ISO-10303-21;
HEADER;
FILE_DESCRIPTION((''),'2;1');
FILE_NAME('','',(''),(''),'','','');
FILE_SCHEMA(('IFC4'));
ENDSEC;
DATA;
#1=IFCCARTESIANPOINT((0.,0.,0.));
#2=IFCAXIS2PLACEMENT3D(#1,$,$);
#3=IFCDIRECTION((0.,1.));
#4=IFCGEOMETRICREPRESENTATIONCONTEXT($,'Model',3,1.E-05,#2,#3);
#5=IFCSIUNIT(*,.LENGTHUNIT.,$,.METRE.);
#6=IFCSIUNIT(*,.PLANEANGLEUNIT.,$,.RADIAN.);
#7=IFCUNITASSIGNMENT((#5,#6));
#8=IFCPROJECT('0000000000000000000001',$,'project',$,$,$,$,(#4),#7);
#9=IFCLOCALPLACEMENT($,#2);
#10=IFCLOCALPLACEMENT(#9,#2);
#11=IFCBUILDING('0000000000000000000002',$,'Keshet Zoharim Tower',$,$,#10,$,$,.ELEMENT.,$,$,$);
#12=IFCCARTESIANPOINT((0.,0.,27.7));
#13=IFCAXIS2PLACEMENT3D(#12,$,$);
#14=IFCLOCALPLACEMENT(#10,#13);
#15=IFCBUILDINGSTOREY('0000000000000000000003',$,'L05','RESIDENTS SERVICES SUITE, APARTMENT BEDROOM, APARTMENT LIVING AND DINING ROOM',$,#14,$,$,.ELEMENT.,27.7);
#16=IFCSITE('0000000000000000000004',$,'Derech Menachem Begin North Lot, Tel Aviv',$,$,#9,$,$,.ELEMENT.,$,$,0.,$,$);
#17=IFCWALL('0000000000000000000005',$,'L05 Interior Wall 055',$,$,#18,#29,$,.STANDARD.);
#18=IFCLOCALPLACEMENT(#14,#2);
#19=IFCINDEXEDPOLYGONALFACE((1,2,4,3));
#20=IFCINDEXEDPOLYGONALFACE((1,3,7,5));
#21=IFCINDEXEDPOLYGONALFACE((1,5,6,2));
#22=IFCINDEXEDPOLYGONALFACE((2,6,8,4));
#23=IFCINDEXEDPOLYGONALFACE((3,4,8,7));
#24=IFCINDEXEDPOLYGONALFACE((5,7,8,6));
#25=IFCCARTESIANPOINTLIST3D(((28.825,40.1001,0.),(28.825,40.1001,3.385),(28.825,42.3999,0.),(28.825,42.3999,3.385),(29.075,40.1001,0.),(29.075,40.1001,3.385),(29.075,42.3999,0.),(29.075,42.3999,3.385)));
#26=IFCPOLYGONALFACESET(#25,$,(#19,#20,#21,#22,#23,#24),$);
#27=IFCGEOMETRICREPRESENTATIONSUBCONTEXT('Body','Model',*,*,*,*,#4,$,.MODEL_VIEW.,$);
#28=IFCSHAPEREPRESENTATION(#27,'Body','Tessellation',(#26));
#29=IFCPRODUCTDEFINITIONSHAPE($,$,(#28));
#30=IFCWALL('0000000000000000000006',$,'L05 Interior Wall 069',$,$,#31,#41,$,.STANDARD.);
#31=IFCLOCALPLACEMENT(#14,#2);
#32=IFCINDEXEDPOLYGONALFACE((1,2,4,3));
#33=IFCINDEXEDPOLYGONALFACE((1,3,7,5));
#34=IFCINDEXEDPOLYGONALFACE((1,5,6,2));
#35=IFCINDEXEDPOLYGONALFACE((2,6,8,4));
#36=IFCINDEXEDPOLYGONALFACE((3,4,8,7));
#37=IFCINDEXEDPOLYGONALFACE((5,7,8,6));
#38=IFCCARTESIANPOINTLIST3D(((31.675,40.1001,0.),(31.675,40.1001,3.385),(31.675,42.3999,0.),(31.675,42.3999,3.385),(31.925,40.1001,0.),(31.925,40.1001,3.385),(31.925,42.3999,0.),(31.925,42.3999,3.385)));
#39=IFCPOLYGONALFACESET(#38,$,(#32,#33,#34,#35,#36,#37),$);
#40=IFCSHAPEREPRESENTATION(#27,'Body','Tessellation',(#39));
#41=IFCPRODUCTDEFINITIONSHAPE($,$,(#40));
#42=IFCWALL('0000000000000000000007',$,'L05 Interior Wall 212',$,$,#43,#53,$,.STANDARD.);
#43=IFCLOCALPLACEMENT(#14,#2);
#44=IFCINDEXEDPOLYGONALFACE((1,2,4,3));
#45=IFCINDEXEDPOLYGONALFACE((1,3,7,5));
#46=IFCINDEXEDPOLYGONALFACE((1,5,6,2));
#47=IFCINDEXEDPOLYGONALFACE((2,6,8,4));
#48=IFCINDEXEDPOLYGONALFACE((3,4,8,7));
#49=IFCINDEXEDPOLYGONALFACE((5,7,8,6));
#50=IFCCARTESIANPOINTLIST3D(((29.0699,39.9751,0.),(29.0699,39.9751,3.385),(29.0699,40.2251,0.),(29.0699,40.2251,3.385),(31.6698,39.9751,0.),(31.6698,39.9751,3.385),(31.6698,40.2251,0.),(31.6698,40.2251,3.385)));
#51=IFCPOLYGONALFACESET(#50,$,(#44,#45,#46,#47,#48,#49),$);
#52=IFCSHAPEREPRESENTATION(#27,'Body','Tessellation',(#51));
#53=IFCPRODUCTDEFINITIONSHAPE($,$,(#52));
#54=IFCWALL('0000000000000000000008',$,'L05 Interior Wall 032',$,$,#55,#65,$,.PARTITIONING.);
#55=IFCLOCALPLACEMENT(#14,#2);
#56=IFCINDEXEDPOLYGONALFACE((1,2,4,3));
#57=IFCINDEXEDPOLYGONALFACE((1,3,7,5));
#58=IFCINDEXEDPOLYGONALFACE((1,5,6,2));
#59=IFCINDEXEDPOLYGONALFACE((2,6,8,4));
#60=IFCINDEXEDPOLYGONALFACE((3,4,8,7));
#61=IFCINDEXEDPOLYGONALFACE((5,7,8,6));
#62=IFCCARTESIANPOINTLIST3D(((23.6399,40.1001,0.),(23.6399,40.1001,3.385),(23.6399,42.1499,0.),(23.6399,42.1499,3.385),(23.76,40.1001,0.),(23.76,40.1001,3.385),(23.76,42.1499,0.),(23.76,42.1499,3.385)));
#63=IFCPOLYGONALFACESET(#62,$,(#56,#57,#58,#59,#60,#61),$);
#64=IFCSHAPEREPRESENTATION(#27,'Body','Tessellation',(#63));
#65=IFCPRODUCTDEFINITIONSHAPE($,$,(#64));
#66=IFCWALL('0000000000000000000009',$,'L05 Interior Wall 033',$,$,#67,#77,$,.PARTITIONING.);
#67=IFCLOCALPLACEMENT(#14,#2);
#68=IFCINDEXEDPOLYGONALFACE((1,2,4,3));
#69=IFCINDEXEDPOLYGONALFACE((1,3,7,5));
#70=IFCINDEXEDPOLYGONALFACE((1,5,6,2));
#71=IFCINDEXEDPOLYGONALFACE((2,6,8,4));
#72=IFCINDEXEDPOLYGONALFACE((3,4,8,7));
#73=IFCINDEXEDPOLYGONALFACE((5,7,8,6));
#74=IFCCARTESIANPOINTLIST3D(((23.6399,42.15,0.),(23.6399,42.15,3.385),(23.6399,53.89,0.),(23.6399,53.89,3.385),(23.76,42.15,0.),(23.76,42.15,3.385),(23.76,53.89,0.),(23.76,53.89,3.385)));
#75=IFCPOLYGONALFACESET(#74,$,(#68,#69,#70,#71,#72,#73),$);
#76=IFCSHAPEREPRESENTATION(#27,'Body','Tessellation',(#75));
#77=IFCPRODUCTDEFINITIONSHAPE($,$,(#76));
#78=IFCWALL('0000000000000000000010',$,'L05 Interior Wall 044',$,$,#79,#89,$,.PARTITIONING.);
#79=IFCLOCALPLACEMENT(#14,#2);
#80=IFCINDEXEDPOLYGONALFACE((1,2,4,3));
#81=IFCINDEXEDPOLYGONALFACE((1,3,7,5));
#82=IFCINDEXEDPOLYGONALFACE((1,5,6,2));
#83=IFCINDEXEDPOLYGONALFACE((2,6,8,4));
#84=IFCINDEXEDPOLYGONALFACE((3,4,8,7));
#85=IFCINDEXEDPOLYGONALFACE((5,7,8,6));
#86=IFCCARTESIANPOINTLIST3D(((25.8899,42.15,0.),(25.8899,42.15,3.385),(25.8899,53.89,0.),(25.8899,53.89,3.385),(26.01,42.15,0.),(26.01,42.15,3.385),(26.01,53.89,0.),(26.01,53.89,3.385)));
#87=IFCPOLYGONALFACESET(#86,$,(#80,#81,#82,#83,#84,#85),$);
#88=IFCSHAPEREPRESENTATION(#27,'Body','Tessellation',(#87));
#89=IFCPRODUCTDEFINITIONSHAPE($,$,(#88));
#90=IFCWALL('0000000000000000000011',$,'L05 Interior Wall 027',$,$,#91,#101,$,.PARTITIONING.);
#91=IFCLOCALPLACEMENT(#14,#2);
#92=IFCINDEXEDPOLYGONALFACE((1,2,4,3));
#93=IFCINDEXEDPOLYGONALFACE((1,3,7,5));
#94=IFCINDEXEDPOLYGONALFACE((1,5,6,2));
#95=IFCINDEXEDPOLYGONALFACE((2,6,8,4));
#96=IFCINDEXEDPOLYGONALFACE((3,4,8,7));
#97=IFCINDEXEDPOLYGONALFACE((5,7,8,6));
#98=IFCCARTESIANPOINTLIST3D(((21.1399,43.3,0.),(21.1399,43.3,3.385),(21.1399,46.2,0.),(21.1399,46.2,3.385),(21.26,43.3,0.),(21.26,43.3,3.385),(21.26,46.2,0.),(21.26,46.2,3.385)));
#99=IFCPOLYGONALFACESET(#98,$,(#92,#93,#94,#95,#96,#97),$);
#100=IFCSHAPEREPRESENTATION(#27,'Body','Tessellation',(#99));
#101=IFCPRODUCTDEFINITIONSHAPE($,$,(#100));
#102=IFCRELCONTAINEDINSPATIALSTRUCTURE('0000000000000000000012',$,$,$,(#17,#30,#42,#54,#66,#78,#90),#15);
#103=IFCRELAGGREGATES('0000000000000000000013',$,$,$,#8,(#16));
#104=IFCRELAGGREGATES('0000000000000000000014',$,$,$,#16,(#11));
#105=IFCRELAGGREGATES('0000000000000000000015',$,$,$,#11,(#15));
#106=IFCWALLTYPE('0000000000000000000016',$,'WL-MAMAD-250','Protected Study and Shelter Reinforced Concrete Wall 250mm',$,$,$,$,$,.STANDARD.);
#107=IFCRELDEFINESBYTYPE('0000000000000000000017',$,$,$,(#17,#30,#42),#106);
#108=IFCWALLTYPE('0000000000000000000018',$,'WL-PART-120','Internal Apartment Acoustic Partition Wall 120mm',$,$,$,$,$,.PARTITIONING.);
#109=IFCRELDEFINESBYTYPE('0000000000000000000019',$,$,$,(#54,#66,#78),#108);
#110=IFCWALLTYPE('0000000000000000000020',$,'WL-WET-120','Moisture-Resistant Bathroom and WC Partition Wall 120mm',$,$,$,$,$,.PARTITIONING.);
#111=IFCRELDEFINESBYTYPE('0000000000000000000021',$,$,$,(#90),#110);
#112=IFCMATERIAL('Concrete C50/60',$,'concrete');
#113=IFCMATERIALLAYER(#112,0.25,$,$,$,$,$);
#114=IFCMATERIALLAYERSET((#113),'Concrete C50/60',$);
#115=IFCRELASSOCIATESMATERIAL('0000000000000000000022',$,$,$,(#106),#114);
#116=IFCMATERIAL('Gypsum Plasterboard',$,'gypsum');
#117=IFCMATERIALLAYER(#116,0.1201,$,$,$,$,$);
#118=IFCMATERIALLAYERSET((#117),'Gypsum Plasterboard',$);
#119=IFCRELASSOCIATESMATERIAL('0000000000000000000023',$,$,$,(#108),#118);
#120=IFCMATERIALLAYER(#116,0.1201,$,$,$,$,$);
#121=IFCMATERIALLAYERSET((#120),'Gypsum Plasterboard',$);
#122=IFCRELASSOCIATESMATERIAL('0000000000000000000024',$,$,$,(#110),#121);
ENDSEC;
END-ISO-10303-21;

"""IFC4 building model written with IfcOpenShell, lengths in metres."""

from ifc_helpers import new_model, si_unit, direction, frame, frame_2d, origin, place, context, subcontext, project, spatial, rectangle, extrude, material, layer, layer_set, type_object, element, save


model = new_model("IFC4")

# Units and contexts
model_context = context("Model", 3, precision=1e-05, world=origin(), true_north=direction((0.0, 1.0)))
body_context = subcontext(model_context, "Body", "Model", "MODEL_VIEW")
ifc_project = project(units=[si_unit("LENGTHUNIT", "METRE"), si_unit("PLANEANGLEUNIT", "RADIAN")], contexts=[model_context])

# Site, building, storey
site_placement = place(None, origin())
site = spatial("IfcSite", under=ifc_project, at=site_placement, Name="Derech Menachem Begin North Lot, Tel Aviv", CompositionType="ELEMENT", RefElevation=0.0)
building_placement = place(site_placement, origin())
building = spatial("IfcBuilding", under=site, at=building_placement, Name="Keshet Zoharim Tower", CompositionType="ELEMENT")
storey_placement = place(building_placement, frame((0.0, 0.0, 27.7)))
storey = spatial("IfcBuildingStorey", under=building, at=storey_placement, Name="L05", Description="RESIDENTS SERVICES SUITE, APARTMENT BEDROOM, APARTMENT LIVING AND DINING ROOM", CompositionType="ELEMENT", Elevation=27.7)

# Shared definitions
ifc_material_1 = material(Name="Gypsum Plasterboard", Category="gypsum")

# Walls
ifc_material_2 = material(Name="Concrete C50/60", Category="concrete")
ifc_layer_1 = layer(ifc_material_2, 0.25)
ifc_layer_set_1 = layer_set([ifc_layer_1], Name="Concrete C50/60")
wall_type_1 = type_object("IfcWallType", Name="WL-MAMAD-250", Description="Protected Study and Shelter Reinforced Concrete Wall 250mm", PredefinedType="STANDARD", material=ifc_layer_set_1)
for number, where, z_axis, x_axis, name in (
    (1, (28.95, 40.1001, 0.0), (0.0, 0.0, 1.0), (0.0, 1.0, 0.0), "L05 Interior Wall 055"),
    (2, (31.8, 40.1001, 0.0), (0.0, 0.0, 1.0), (0.0, 1.0, 0.0), "L05 Interior Wall 069"),
):
    element("IfcWall", number, at=place(storey_placement, frame(where, z_axis=z_axis, x_axis=x_axis)), inside=storey, type_object=wall_type_1, Name=name, PredefinedType="STANDARD", context=body_context, shape_type="SweptSolid", body=[
        extrude(rectangle(XDim=2.2998, YDim=0.25, at=frame_2d((1.1499, 0.0))), origin(), (0.0, 0.0, 1.0), 3.385),
    ])
wall_1_placement = place(storey_placement, frame((29.0701, 40.1001, 0.0), z_axis=(0.0, 0.0, 1.0), x_axis=(1.0, 0.0, 0.0)))
element("IfcWall", 3, at=wall_1_placement, inside=storey, type_object=wall_type_1, Name="L05 Interior Wall 212", PredefinedType="STANDARD", context=body_context, shape_type="SweptSolid", body=[
    extrude(rectangle(XDim=2.5999, YDim=0.25, at=frame_2d((1.2998, 0.0))), origin(), (0.0, 0.0, 1.0), 3.385),
])

# Shared definitions
ifc_layer_2 = layer(ifc_material_1, 0.1201)
ifc_layer_set_2 = layer_set([ifc_layer_2], Name="Gypsum Plasterboard")
wall_type_2 = type_object("IfcWallType", Name="WL-PART-120", Description="Internal Apartment Acoustic Partition Wall 120mm", PredefinedType="PARTITIONING", material=ifc_layer_set_2)

# Walls
wall_2_placement = place(storey_placement, frame((23.7, 40.1001, 0.0), z_axis=(0.0, 0.0, 1.0), x_axis=(0.0, 1.0, 0.0)))
element("IfcWall", 4, at=wall_2_placement, inside=storey, type_object=wall_type_2, Name="L05 Interior Wall 032", PredefinedType="PARTITIONING", context=body_context, shape_type="SweptSolid", body=[
    extrude(rectangle(XDim=2.0498, YDim=0.1201, at=frame_2d((1.0249, 0.0))), origin(), (0.0, 0.0, 1.0), 3.385),
])
for number, where, z_axis, x_axis, name in (
    (5, (23.7, 42.1499, 0.0), (0.0, 0.0, 1.0), (0.0, 1.0, 0.0), "L05 Interior Wall 033"),
    (6, (25.95, 42.1499, 0.0), (0.0, 0.0, 1.0), (0.0, 1.0, 0.0), "L05 Interior Wall 044"),
):
    element("IfcWall", number, at=place(storey_placement, frame(where, z_axis=z_axis, x_axis=x_axis)), inside=storey, type_object=wall_type_2, Name=name, PredefinedType="PARTITIONING", context=body_context, shape_type="SweptSolid", body=[
        extrude(rectangle(XDim=11.74, YDim=0.1201, at=frame_2d((5.8701, 0.0))), origin(), (0.0, 0.0, 1.0), 3.385),
    ])

# Wall
ifc_layer_3 = layer(ifc_material_1, 0.1201)
ifc_layer_set_3 = layer_set([ifc_layer_3], Name="Gypsum Plasterboard")
wall_type_3 = type_object("IfcWallType", Name="WL-WET-120", Description="Moisture-Resistant Bathroom and WC Partition Wall 120mm", PredefinedType="PARTITIONING", material=ifc_layer_set_3)
wall_3_placement = place(storey_placement, frame((21.2, 43.3, 0.0), z_axis=(0.0, 0.0, 1.0), x_axis=(0.0, 1.0, 0.0)))
element("IfcWall", 7, at=wall_3_placement, inside=storey, type_object=wall_type_3, Name="L05 Interior Wall 027", PredefinedType="PARTITIONING", context=body_context, shape_type="SweptSolid", body=[
    extrude(rectangle(XDim=2.8999, YDim=0.1201, at=frame_2d((1.45, 0.0))), origin(), (0.0, 0.0, 1.0), 3.385),
])

save(model, "model.ifc")
